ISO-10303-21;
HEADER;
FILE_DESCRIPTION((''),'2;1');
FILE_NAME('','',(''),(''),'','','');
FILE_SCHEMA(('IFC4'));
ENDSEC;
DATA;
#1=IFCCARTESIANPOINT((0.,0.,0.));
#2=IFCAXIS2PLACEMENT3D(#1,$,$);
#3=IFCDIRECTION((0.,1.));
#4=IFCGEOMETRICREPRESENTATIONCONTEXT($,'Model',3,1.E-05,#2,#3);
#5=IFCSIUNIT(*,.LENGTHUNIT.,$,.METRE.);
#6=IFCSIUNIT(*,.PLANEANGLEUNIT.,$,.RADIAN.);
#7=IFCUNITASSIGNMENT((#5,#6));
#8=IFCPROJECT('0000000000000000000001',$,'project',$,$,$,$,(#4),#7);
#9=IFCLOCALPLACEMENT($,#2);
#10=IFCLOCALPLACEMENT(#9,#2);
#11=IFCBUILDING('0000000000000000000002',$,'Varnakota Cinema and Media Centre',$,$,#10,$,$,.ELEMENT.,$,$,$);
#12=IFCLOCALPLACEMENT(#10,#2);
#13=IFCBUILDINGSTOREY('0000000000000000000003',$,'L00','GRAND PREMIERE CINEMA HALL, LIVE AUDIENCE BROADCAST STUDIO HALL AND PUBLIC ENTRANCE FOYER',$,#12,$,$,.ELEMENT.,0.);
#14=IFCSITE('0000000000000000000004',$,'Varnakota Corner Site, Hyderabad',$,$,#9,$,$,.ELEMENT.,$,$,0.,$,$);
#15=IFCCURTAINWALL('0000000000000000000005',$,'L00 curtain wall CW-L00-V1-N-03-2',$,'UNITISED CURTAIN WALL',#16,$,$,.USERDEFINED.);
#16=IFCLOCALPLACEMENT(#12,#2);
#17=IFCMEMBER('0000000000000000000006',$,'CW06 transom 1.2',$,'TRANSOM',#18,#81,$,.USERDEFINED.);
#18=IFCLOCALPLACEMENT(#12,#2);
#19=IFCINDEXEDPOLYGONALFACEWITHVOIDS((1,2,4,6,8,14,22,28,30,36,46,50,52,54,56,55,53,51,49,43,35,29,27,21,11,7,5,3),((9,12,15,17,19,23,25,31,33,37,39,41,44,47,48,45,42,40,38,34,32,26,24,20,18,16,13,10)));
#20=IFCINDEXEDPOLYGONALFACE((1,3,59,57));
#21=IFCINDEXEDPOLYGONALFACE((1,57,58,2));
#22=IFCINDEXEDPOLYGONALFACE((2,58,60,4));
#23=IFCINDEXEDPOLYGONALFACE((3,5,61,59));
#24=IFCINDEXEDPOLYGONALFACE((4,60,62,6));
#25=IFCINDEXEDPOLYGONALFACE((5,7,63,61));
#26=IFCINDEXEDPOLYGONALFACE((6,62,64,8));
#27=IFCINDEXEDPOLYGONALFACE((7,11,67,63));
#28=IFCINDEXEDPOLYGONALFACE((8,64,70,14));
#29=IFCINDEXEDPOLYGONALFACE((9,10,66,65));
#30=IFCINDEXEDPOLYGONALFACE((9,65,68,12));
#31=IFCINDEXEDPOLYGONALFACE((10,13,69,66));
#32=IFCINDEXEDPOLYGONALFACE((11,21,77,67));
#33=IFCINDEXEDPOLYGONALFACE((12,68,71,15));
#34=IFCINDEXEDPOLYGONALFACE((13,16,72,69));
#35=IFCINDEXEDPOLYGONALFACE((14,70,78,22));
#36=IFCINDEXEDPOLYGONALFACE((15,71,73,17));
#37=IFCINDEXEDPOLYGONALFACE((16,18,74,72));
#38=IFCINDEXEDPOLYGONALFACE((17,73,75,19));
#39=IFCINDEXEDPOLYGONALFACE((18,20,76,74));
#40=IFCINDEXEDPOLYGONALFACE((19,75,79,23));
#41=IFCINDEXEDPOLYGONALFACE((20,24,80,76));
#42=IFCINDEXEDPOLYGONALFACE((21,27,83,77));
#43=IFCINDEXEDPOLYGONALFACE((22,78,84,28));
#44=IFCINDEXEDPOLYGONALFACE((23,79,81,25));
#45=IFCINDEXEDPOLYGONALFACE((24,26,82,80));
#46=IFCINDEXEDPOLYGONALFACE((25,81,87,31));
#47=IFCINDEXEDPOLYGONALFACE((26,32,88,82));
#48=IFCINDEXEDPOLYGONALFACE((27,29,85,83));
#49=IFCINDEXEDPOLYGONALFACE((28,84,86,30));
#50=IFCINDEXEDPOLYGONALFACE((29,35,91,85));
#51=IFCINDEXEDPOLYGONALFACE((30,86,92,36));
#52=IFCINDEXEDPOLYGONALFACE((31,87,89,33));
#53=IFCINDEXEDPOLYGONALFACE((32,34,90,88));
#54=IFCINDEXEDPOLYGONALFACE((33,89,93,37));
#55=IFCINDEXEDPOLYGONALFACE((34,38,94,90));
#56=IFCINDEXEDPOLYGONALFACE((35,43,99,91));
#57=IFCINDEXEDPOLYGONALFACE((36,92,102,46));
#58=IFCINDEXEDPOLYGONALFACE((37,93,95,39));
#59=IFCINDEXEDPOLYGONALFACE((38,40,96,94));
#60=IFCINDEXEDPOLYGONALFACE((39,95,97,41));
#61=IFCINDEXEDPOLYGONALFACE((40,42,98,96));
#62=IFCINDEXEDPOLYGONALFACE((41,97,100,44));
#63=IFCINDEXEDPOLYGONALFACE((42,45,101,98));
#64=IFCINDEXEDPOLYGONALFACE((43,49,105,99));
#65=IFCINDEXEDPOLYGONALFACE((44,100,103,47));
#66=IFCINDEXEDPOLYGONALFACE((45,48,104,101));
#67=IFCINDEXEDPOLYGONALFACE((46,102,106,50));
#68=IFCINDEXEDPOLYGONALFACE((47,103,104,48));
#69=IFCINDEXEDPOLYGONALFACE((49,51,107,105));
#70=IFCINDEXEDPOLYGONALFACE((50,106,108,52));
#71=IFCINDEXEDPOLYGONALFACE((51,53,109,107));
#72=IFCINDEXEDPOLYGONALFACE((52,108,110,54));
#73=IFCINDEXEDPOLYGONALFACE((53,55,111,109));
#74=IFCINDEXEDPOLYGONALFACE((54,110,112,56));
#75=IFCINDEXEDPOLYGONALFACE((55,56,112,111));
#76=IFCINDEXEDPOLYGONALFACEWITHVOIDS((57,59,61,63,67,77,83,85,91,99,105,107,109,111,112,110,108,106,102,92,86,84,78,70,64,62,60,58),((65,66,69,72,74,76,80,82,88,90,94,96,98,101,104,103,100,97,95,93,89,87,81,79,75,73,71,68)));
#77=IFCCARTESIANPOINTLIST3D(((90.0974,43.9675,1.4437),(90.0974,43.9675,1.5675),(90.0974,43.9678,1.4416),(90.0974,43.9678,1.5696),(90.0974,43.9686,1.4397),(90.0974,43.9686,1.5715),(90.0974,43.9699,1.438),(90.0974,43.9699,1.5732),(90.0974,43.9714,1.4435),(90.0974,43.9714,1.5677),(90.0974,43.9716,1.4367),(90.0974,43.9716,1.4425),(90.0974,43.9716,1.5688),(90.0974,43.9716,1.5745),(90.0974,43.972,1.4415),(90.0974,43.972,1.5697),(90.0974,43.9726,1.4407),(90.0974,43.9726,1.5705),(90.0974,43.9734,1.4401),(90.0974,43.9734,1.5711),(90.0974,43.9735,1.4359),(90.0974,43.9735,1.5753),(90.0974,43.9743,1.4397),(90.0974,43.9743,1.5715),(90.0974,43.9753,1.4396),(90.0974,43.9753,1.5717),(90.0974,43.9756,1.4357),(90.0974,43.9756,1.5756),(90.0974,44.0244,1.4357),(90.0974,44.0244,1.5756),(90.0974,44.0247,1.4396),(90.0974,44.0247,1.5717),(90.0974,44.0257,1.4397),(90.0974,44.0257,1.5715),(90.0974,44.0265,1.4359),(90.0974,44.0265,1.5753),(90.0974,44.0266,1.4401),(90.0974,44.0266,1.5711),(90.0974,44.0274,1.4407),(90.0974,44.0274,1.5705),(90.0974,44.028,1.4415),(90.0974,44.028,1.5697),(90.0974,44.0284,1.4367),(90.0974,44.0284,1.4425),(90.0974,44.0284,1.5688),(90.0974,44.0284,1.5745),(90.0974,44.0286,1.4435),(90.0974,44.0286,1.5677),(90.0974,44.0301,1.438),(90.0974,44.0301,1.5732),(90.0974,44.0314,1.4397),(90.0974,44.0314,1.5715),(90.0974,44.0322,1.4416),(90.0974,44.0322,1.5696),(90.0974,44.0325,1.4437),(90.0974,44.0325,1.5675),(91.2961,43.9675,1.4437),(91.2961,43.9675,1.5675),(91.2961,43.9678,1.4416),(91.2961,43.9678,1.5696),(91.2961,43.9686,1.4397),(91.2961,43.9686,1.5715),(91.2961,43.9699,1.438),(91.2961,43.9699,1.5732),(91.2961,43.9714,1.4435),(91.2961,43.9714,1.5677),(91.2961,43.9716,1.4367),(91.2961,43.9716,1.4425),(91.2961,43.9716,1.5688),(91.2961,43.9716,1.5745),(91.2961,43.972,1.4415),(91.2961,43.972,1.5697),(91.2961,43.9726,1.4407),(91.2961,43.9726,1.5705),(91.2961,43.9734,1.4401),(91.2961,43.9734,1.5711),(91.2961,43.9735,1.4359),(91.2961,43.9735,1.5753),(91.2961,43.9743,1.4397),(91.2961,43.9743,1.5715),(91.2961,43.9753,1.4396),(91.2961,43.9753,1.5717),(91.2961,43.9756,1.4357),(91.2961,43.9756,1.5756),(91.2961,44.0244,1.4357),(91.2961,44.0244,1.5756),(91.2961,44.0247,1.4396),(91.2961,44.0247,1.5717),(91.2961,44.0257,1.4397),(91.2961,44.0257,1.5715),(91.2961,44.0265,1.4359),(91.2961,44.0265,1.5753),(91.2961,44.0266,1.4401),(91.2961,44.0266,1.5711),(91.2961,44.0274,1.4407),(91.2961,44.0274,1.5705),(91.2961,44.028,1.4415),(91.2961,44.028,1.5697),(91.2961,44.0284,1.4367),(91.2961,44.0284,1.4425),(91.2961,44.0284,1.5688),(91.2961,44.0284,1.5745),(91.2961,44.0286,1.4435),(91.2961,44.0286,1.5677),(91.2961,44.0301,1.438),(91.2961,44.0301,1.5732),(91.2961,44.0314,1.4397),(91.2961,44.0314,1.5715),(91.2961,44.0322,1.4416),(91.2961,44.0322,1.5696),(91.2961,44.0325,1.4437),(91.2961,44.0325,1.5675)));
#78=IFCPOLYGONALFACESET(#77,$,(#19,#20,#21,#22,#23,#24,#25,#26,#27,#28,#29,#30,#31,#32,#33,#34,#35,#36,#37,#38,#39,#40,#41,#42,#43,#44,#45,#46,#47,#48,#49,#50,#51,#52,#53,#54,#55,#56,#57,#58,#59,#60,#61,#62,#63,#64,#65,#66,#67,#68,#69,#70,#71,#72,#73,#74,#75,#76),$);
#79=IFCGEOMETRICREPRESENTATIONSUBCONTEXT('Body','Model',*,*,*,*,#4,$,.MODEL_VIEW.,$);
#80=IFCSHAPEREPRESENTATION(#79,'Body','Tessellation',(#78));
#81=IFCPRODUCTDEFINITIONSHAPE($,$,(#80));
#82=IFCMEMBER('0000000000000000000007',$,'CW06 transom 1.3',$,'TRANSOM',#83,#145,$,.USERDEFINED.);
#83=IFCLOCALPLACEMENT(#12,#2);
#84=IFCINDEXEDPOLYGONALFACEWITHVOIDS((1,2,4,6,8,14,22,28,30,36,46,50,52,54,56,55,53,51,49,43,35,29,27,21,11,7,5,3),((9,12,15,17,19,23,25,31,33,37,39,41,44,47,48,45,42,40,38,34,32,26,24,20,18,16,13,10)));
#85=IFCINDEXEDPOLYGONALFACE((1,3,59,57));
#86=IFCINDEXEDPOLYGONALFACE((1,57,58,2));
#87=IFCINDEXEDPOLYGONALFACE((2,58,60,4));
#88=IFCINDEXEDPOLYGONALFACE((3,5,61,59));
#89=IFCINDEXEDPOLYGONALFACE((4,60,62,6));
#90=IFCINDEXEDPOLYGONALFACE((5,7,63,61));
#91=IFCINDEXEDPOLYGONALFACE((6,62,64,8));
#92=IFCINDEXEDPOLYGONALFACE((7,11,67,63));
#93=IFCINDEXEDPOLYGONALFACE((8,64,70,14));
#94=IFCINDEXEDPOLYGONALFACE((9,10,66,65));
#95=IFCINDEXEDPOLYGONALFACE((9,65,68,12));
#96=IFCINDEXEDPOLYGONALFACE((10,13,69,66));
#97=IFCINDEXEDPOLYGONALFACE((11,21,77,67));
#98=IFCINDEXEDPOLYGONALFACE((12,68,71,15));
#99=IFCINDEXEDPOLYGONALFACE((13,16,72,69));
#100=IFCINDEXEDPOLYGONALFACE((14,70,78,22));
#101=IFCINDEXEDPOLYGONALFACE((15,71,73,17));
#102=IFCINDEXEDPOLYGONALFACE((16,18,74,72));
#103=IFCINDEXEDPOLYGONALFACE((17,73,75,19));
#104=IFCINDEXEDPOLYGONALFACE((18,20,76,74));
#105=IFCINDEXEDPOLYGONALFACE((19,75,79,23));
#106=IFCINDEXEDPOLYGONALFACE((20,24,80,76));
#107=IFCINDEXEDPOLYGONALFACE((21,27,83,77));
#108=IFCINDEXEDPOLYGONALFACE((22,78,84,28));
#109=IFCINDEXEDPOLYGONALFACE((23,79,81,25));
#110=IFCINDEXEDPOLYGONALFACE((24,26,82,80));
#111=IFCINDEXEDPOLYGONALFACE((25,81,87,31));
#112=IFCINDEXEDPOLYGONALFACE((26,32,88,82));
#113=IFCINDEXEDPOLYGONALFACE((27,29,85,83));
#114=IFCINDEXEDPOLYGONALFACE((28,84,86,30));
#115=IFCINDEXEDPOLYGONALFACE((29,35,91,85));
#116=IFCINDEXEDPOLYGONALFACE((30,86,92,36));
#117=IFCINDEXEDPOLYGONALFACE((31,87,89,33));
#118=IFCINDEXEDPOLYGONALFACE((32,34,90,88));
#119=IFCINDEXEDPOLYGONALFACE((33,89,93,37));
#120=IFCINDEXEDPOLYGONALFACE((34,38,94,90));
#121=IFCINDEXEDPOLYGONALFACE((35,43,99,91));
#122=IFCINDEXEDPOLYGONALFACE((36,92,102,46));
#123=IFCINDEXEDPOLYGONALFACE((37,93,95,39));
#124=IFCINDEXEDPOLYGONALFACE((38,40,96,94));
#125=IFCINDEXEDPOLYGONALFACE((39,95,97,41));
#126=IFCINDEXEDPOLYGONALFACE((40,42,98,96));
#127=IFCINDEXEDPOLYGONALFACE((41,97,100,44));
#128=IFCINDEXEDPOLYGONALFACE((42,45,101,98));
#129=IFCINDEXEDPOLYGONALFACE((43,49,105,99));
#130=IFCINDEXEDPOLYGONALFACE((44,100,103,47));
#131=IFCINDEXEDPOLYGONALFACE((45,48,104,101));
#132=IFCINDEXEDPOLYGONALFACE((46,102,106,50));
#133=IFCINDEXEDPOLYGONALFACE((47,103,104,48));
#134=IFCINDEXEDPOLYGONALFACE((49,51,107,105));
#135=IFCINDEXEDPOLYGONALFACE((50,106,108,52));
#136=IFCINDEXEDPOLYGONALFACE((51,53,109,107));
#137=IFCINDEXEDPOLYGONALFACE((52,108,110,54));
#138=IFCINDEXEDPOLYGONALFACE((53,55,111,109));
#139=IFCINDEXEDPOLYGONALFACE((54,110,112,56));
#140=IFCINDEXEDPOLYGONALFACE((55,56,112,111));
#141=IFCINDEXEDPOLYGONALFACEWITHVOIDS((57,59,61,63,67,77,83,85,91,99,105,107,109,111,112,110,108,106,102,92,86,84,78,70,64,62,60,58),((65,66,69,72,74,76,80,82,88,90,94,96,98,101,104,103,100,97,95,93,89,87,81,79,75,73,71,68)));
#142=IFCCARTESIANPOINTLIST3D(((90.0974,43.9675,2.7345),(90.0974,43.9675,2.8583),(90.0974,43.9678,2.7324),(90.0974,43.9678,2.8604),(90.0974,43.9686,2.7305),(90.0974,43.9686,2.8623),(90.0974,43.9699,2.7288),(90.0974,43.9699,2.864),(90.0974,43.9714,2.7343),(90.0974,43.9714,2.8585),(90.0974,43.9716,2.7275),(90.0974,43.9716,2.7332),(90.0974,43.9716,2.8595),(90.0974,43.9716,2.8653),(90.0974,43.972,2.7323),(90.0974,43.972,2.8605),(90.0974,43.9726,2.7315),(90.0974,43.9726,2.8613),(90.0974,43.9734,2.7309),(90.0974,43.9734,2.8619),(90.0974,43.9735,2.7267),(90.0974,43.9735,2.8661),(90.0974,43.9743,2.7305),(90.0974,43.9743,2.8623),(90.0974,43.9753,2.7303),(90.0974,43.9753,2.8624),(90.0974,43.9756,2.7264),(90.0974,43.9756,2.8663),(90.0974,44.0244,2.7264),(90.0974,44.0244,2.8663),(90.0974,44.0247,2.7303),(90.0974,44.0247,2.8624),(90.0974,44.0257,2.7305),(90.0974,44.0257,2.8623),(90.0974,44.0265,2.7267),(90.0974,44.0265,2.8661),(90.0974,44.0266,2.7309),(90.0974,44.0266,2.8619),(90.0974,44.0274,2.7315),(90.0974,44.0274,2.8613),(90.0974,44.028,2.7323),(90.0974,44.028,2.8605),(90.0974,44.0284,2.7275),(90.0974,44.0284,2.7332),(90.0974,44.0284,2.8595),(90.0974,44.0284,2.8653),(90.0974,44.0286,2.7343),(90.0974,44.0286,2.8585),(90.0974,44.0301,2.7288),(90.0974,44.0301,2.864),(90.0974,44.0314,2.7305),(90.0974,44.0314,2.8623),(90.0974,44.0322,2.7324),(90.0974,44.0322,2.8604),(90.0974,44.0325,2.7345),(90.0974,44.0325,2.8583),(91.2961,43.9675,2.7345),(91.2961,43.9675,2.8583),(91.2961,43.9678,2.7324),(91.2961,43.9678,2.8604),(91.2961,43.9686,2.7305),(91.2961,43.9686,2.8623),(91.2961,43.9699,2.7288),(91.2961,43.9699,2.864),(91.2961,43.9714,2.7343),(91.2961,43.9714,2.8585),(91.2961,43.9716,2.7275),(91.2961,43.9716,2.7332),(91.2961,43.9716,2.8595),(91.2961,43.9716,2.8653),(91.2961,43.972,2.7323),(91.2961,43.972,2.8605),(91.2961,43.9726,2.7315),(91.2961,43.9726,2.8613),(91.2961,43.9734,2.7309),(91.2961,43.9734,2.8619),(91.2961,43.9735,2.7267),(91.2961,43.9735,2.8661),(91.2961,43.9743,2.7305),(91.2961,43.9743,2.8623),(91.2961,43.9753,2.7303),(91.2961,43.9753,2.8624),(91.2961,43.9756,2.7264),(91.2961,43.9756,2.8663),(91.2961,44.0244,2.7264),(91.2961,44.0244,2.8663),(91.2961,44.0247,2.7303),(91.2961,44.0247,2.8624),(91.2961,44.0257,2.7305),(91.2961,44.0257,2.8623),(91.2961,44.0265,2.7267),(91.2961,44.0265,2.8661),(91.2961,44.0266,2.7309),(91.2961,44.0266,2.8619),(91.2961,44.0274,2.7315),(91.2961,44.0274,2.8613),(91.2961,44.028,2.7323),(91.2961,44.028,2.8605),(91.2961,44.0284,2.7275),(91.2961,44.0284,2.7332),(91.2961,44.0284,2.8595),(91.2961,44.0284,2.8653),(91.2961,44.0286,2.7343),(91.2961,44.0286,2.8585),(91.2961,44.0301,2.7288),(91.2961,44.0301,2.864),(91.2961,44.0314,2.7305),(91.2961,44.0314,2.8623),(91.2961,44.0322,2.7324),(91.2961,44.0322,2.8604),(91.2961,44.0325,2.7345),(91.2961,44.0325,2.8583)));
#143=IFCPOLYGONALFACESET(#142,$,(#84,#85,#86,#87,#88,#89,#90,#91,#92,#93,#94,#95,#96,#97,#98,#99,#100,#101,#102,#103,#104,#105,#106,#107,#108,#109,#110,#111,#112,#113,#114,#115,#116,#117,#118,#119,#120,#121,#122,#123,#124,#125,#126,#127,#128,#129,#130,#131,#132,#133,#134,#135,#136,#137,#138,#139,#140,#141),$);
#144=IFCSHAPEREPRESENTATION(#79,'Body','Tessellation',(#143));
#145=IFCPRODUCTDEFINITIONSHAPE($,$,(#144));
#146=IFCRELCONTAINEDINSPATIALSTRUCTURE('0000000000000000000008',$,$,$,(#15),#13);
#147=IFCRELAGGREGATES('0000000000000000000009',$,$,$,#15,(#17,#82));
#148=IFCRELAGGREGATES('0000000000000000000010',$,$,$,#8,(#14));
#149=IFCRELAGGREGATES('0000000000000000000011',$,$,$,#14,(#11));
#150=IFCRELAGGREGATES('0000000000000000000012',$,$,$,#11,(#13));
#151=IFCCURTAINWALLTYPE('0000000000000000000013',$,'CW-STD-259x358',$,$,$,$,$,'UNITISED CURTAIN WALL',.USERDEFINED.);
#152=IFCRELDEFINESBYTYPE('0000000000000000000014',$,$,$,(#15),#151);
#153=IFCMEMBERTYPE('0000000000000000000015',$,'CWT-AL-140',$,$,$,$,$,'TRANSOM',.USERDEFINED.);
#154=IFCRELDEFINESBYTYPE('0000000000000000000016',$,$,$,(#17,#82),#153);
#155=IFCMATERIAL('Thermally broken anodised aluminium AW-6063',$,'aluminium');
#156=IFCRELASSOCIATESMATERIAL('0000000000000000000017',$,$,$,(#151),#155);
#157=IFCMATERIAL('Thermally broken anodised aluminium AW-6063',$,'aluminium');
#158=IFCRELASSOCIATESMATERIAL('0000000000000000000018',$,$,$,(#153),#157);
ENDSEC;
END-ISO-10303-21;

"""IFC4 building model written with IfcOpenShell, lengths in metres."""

from ifc_helpers import new_model, si_unit, direction, frame, origin, origin_2d, place, context, subcontext, project, spatial, hollow_rectangle, extrude, material, material_profile, profile_set, type_object, element, aggregate, save


model = new_model("IFC4")

# Units and contexts
model_context = context("Model", 3, precision=1e-05, world=origin(), true_north=direction((0.0, 1.0)))
body_context = subcontext(model_context, "Body", "Model", "MODEL_VIEW")
ifc_project = project(units=[si_unit("LENGTHUNIT", "METRE"), si_unit("PLANEANGLEUNIT", "RADIAN")], contexts=[model_context])

# Site, building, storey
site_placement = place(None, origin())
site = spatial("IfcSite", under=ifc_project, at=site_placement, Name="Varnakota Corner Site, Hyderabad", CompositionType="ELEMENT", RefElevation=0.0)
building_placement = place(site_placement, origin())
building = spatial("IfcBuilding", under=site, at=building_placement, Name="Varnakota Cinema and Media Centre", CompositionType="ELEMENT")
storey_placement = place(building_placement, origin())
storey = spatial("IfcBuildingStorey", under=building, at=storey_placement, Name="L00", Description="GRAND PREMIERE CINEMA HALL, LIVE AUDIENCE BROADCAST STUDIO HALL AND PUBLIC ENTRANCE FOYER", CompositionType="ELEMENT", Elevation=0.0)

# Shared definitions
ifc_material_1 = material(Name="Thermally broken anodised aluminium AW-6063", Category="aluminium")
curtain_wall_type = type_object("IfcCurtainWallType", Name="CW-STD-259x358", ElementType="UNITISED CURTAIN WALL", PredefinedType="USERDEFINED", material=ifc_material_1)

# Curtain wall
curtain_wall_1_placement = place(storey_placement, origin())
curtain_wall_1 = element("IfcCurtainWall", 1, at=curtain_wall_1_placement, inside=storey, type_object=curtain_wall_type, Name="L00 curtain wall CW-L00-V1-N-03-2", ObjectType="UNITISED CURTAIN WALL", PredefinedType="USERDEFINED")

# Members
ifc_material_2 = material(Name="Thermally broken anodised aluminium AW-6063", Category="aluminium")
ifc_material_profile_1 = material_profile(ifc_material_2, hollow_rectangle(XDim=0.0649, YDim=0.1399, WallThickness=0.0039, InnerFilletRadius=0.0039, OuterFilletRadius=0.0081, at=origin_2d()), Name="AL-TRANSOM 140x65x4")
ifc_profile_set_1 = profile_set([ifc_material_profile_1], Name="Thermally broken anodised aluminium AW-6063")
member_type_1 = type_object("IfcMemberType", Name="CWT-AL-140", ElementType="TRANSOM", PredefinedType="USERDEFINED", material=ifc_profile_set_1)
member_1_placement = place(storey_placement, frame((90.0974, 44.0, 1.5056), z_axis=(1.0, 0.0, 0.0), x_axis=(0.0, 1.0, 0.0)))
member_1 = element("IfcMember", 2, at=member_1_placement, type_object=member_type_1, Name="CW06 transom 1.2", ObjectType="TRANSOM", PredefinedType="USERDEFINED", context=body_context, shape_type="SweptSolid", body=[
    extrude(hollow_rectangle(XDim=0.0649, YDim=0.1399, WallThickness=0.0039, InnerFilletRadius=0.0039, OuterFilletRadius=0.0081, at=origin_2d()), origin(), (0.0, 0.0, 1.0), 1.1987),
])
member_2_placement = place(storey_placement, frame((90.0974, 44.0, 2.7964), z_axis=(1.0, 0.0, 0.0), x_axis=(0.0, 1.0, 0.0)))
member_2 = element("IfcMember", 3, at=member_2_placement, type_object=member_type_1, Name="CW06 transom 1.3", ObjectType="TRANSOM", PredefinedType="USERDEFINED", context=body_context, shape_type="SweptSolid", body=[
    extrude(hollow_rectangle(XDim=0.0649, YDim=0.1399, WallThickness=0.0039, InnerFilletRadius=0.0039, OuterFilletRadius=0.0081, at=origin_2d()), origin(), (0.0, 0.0, 1.0), 1.1987),
])
aggregate(curtain_wall_1, [member_1, member_2])

save(model, "model.ifc")
